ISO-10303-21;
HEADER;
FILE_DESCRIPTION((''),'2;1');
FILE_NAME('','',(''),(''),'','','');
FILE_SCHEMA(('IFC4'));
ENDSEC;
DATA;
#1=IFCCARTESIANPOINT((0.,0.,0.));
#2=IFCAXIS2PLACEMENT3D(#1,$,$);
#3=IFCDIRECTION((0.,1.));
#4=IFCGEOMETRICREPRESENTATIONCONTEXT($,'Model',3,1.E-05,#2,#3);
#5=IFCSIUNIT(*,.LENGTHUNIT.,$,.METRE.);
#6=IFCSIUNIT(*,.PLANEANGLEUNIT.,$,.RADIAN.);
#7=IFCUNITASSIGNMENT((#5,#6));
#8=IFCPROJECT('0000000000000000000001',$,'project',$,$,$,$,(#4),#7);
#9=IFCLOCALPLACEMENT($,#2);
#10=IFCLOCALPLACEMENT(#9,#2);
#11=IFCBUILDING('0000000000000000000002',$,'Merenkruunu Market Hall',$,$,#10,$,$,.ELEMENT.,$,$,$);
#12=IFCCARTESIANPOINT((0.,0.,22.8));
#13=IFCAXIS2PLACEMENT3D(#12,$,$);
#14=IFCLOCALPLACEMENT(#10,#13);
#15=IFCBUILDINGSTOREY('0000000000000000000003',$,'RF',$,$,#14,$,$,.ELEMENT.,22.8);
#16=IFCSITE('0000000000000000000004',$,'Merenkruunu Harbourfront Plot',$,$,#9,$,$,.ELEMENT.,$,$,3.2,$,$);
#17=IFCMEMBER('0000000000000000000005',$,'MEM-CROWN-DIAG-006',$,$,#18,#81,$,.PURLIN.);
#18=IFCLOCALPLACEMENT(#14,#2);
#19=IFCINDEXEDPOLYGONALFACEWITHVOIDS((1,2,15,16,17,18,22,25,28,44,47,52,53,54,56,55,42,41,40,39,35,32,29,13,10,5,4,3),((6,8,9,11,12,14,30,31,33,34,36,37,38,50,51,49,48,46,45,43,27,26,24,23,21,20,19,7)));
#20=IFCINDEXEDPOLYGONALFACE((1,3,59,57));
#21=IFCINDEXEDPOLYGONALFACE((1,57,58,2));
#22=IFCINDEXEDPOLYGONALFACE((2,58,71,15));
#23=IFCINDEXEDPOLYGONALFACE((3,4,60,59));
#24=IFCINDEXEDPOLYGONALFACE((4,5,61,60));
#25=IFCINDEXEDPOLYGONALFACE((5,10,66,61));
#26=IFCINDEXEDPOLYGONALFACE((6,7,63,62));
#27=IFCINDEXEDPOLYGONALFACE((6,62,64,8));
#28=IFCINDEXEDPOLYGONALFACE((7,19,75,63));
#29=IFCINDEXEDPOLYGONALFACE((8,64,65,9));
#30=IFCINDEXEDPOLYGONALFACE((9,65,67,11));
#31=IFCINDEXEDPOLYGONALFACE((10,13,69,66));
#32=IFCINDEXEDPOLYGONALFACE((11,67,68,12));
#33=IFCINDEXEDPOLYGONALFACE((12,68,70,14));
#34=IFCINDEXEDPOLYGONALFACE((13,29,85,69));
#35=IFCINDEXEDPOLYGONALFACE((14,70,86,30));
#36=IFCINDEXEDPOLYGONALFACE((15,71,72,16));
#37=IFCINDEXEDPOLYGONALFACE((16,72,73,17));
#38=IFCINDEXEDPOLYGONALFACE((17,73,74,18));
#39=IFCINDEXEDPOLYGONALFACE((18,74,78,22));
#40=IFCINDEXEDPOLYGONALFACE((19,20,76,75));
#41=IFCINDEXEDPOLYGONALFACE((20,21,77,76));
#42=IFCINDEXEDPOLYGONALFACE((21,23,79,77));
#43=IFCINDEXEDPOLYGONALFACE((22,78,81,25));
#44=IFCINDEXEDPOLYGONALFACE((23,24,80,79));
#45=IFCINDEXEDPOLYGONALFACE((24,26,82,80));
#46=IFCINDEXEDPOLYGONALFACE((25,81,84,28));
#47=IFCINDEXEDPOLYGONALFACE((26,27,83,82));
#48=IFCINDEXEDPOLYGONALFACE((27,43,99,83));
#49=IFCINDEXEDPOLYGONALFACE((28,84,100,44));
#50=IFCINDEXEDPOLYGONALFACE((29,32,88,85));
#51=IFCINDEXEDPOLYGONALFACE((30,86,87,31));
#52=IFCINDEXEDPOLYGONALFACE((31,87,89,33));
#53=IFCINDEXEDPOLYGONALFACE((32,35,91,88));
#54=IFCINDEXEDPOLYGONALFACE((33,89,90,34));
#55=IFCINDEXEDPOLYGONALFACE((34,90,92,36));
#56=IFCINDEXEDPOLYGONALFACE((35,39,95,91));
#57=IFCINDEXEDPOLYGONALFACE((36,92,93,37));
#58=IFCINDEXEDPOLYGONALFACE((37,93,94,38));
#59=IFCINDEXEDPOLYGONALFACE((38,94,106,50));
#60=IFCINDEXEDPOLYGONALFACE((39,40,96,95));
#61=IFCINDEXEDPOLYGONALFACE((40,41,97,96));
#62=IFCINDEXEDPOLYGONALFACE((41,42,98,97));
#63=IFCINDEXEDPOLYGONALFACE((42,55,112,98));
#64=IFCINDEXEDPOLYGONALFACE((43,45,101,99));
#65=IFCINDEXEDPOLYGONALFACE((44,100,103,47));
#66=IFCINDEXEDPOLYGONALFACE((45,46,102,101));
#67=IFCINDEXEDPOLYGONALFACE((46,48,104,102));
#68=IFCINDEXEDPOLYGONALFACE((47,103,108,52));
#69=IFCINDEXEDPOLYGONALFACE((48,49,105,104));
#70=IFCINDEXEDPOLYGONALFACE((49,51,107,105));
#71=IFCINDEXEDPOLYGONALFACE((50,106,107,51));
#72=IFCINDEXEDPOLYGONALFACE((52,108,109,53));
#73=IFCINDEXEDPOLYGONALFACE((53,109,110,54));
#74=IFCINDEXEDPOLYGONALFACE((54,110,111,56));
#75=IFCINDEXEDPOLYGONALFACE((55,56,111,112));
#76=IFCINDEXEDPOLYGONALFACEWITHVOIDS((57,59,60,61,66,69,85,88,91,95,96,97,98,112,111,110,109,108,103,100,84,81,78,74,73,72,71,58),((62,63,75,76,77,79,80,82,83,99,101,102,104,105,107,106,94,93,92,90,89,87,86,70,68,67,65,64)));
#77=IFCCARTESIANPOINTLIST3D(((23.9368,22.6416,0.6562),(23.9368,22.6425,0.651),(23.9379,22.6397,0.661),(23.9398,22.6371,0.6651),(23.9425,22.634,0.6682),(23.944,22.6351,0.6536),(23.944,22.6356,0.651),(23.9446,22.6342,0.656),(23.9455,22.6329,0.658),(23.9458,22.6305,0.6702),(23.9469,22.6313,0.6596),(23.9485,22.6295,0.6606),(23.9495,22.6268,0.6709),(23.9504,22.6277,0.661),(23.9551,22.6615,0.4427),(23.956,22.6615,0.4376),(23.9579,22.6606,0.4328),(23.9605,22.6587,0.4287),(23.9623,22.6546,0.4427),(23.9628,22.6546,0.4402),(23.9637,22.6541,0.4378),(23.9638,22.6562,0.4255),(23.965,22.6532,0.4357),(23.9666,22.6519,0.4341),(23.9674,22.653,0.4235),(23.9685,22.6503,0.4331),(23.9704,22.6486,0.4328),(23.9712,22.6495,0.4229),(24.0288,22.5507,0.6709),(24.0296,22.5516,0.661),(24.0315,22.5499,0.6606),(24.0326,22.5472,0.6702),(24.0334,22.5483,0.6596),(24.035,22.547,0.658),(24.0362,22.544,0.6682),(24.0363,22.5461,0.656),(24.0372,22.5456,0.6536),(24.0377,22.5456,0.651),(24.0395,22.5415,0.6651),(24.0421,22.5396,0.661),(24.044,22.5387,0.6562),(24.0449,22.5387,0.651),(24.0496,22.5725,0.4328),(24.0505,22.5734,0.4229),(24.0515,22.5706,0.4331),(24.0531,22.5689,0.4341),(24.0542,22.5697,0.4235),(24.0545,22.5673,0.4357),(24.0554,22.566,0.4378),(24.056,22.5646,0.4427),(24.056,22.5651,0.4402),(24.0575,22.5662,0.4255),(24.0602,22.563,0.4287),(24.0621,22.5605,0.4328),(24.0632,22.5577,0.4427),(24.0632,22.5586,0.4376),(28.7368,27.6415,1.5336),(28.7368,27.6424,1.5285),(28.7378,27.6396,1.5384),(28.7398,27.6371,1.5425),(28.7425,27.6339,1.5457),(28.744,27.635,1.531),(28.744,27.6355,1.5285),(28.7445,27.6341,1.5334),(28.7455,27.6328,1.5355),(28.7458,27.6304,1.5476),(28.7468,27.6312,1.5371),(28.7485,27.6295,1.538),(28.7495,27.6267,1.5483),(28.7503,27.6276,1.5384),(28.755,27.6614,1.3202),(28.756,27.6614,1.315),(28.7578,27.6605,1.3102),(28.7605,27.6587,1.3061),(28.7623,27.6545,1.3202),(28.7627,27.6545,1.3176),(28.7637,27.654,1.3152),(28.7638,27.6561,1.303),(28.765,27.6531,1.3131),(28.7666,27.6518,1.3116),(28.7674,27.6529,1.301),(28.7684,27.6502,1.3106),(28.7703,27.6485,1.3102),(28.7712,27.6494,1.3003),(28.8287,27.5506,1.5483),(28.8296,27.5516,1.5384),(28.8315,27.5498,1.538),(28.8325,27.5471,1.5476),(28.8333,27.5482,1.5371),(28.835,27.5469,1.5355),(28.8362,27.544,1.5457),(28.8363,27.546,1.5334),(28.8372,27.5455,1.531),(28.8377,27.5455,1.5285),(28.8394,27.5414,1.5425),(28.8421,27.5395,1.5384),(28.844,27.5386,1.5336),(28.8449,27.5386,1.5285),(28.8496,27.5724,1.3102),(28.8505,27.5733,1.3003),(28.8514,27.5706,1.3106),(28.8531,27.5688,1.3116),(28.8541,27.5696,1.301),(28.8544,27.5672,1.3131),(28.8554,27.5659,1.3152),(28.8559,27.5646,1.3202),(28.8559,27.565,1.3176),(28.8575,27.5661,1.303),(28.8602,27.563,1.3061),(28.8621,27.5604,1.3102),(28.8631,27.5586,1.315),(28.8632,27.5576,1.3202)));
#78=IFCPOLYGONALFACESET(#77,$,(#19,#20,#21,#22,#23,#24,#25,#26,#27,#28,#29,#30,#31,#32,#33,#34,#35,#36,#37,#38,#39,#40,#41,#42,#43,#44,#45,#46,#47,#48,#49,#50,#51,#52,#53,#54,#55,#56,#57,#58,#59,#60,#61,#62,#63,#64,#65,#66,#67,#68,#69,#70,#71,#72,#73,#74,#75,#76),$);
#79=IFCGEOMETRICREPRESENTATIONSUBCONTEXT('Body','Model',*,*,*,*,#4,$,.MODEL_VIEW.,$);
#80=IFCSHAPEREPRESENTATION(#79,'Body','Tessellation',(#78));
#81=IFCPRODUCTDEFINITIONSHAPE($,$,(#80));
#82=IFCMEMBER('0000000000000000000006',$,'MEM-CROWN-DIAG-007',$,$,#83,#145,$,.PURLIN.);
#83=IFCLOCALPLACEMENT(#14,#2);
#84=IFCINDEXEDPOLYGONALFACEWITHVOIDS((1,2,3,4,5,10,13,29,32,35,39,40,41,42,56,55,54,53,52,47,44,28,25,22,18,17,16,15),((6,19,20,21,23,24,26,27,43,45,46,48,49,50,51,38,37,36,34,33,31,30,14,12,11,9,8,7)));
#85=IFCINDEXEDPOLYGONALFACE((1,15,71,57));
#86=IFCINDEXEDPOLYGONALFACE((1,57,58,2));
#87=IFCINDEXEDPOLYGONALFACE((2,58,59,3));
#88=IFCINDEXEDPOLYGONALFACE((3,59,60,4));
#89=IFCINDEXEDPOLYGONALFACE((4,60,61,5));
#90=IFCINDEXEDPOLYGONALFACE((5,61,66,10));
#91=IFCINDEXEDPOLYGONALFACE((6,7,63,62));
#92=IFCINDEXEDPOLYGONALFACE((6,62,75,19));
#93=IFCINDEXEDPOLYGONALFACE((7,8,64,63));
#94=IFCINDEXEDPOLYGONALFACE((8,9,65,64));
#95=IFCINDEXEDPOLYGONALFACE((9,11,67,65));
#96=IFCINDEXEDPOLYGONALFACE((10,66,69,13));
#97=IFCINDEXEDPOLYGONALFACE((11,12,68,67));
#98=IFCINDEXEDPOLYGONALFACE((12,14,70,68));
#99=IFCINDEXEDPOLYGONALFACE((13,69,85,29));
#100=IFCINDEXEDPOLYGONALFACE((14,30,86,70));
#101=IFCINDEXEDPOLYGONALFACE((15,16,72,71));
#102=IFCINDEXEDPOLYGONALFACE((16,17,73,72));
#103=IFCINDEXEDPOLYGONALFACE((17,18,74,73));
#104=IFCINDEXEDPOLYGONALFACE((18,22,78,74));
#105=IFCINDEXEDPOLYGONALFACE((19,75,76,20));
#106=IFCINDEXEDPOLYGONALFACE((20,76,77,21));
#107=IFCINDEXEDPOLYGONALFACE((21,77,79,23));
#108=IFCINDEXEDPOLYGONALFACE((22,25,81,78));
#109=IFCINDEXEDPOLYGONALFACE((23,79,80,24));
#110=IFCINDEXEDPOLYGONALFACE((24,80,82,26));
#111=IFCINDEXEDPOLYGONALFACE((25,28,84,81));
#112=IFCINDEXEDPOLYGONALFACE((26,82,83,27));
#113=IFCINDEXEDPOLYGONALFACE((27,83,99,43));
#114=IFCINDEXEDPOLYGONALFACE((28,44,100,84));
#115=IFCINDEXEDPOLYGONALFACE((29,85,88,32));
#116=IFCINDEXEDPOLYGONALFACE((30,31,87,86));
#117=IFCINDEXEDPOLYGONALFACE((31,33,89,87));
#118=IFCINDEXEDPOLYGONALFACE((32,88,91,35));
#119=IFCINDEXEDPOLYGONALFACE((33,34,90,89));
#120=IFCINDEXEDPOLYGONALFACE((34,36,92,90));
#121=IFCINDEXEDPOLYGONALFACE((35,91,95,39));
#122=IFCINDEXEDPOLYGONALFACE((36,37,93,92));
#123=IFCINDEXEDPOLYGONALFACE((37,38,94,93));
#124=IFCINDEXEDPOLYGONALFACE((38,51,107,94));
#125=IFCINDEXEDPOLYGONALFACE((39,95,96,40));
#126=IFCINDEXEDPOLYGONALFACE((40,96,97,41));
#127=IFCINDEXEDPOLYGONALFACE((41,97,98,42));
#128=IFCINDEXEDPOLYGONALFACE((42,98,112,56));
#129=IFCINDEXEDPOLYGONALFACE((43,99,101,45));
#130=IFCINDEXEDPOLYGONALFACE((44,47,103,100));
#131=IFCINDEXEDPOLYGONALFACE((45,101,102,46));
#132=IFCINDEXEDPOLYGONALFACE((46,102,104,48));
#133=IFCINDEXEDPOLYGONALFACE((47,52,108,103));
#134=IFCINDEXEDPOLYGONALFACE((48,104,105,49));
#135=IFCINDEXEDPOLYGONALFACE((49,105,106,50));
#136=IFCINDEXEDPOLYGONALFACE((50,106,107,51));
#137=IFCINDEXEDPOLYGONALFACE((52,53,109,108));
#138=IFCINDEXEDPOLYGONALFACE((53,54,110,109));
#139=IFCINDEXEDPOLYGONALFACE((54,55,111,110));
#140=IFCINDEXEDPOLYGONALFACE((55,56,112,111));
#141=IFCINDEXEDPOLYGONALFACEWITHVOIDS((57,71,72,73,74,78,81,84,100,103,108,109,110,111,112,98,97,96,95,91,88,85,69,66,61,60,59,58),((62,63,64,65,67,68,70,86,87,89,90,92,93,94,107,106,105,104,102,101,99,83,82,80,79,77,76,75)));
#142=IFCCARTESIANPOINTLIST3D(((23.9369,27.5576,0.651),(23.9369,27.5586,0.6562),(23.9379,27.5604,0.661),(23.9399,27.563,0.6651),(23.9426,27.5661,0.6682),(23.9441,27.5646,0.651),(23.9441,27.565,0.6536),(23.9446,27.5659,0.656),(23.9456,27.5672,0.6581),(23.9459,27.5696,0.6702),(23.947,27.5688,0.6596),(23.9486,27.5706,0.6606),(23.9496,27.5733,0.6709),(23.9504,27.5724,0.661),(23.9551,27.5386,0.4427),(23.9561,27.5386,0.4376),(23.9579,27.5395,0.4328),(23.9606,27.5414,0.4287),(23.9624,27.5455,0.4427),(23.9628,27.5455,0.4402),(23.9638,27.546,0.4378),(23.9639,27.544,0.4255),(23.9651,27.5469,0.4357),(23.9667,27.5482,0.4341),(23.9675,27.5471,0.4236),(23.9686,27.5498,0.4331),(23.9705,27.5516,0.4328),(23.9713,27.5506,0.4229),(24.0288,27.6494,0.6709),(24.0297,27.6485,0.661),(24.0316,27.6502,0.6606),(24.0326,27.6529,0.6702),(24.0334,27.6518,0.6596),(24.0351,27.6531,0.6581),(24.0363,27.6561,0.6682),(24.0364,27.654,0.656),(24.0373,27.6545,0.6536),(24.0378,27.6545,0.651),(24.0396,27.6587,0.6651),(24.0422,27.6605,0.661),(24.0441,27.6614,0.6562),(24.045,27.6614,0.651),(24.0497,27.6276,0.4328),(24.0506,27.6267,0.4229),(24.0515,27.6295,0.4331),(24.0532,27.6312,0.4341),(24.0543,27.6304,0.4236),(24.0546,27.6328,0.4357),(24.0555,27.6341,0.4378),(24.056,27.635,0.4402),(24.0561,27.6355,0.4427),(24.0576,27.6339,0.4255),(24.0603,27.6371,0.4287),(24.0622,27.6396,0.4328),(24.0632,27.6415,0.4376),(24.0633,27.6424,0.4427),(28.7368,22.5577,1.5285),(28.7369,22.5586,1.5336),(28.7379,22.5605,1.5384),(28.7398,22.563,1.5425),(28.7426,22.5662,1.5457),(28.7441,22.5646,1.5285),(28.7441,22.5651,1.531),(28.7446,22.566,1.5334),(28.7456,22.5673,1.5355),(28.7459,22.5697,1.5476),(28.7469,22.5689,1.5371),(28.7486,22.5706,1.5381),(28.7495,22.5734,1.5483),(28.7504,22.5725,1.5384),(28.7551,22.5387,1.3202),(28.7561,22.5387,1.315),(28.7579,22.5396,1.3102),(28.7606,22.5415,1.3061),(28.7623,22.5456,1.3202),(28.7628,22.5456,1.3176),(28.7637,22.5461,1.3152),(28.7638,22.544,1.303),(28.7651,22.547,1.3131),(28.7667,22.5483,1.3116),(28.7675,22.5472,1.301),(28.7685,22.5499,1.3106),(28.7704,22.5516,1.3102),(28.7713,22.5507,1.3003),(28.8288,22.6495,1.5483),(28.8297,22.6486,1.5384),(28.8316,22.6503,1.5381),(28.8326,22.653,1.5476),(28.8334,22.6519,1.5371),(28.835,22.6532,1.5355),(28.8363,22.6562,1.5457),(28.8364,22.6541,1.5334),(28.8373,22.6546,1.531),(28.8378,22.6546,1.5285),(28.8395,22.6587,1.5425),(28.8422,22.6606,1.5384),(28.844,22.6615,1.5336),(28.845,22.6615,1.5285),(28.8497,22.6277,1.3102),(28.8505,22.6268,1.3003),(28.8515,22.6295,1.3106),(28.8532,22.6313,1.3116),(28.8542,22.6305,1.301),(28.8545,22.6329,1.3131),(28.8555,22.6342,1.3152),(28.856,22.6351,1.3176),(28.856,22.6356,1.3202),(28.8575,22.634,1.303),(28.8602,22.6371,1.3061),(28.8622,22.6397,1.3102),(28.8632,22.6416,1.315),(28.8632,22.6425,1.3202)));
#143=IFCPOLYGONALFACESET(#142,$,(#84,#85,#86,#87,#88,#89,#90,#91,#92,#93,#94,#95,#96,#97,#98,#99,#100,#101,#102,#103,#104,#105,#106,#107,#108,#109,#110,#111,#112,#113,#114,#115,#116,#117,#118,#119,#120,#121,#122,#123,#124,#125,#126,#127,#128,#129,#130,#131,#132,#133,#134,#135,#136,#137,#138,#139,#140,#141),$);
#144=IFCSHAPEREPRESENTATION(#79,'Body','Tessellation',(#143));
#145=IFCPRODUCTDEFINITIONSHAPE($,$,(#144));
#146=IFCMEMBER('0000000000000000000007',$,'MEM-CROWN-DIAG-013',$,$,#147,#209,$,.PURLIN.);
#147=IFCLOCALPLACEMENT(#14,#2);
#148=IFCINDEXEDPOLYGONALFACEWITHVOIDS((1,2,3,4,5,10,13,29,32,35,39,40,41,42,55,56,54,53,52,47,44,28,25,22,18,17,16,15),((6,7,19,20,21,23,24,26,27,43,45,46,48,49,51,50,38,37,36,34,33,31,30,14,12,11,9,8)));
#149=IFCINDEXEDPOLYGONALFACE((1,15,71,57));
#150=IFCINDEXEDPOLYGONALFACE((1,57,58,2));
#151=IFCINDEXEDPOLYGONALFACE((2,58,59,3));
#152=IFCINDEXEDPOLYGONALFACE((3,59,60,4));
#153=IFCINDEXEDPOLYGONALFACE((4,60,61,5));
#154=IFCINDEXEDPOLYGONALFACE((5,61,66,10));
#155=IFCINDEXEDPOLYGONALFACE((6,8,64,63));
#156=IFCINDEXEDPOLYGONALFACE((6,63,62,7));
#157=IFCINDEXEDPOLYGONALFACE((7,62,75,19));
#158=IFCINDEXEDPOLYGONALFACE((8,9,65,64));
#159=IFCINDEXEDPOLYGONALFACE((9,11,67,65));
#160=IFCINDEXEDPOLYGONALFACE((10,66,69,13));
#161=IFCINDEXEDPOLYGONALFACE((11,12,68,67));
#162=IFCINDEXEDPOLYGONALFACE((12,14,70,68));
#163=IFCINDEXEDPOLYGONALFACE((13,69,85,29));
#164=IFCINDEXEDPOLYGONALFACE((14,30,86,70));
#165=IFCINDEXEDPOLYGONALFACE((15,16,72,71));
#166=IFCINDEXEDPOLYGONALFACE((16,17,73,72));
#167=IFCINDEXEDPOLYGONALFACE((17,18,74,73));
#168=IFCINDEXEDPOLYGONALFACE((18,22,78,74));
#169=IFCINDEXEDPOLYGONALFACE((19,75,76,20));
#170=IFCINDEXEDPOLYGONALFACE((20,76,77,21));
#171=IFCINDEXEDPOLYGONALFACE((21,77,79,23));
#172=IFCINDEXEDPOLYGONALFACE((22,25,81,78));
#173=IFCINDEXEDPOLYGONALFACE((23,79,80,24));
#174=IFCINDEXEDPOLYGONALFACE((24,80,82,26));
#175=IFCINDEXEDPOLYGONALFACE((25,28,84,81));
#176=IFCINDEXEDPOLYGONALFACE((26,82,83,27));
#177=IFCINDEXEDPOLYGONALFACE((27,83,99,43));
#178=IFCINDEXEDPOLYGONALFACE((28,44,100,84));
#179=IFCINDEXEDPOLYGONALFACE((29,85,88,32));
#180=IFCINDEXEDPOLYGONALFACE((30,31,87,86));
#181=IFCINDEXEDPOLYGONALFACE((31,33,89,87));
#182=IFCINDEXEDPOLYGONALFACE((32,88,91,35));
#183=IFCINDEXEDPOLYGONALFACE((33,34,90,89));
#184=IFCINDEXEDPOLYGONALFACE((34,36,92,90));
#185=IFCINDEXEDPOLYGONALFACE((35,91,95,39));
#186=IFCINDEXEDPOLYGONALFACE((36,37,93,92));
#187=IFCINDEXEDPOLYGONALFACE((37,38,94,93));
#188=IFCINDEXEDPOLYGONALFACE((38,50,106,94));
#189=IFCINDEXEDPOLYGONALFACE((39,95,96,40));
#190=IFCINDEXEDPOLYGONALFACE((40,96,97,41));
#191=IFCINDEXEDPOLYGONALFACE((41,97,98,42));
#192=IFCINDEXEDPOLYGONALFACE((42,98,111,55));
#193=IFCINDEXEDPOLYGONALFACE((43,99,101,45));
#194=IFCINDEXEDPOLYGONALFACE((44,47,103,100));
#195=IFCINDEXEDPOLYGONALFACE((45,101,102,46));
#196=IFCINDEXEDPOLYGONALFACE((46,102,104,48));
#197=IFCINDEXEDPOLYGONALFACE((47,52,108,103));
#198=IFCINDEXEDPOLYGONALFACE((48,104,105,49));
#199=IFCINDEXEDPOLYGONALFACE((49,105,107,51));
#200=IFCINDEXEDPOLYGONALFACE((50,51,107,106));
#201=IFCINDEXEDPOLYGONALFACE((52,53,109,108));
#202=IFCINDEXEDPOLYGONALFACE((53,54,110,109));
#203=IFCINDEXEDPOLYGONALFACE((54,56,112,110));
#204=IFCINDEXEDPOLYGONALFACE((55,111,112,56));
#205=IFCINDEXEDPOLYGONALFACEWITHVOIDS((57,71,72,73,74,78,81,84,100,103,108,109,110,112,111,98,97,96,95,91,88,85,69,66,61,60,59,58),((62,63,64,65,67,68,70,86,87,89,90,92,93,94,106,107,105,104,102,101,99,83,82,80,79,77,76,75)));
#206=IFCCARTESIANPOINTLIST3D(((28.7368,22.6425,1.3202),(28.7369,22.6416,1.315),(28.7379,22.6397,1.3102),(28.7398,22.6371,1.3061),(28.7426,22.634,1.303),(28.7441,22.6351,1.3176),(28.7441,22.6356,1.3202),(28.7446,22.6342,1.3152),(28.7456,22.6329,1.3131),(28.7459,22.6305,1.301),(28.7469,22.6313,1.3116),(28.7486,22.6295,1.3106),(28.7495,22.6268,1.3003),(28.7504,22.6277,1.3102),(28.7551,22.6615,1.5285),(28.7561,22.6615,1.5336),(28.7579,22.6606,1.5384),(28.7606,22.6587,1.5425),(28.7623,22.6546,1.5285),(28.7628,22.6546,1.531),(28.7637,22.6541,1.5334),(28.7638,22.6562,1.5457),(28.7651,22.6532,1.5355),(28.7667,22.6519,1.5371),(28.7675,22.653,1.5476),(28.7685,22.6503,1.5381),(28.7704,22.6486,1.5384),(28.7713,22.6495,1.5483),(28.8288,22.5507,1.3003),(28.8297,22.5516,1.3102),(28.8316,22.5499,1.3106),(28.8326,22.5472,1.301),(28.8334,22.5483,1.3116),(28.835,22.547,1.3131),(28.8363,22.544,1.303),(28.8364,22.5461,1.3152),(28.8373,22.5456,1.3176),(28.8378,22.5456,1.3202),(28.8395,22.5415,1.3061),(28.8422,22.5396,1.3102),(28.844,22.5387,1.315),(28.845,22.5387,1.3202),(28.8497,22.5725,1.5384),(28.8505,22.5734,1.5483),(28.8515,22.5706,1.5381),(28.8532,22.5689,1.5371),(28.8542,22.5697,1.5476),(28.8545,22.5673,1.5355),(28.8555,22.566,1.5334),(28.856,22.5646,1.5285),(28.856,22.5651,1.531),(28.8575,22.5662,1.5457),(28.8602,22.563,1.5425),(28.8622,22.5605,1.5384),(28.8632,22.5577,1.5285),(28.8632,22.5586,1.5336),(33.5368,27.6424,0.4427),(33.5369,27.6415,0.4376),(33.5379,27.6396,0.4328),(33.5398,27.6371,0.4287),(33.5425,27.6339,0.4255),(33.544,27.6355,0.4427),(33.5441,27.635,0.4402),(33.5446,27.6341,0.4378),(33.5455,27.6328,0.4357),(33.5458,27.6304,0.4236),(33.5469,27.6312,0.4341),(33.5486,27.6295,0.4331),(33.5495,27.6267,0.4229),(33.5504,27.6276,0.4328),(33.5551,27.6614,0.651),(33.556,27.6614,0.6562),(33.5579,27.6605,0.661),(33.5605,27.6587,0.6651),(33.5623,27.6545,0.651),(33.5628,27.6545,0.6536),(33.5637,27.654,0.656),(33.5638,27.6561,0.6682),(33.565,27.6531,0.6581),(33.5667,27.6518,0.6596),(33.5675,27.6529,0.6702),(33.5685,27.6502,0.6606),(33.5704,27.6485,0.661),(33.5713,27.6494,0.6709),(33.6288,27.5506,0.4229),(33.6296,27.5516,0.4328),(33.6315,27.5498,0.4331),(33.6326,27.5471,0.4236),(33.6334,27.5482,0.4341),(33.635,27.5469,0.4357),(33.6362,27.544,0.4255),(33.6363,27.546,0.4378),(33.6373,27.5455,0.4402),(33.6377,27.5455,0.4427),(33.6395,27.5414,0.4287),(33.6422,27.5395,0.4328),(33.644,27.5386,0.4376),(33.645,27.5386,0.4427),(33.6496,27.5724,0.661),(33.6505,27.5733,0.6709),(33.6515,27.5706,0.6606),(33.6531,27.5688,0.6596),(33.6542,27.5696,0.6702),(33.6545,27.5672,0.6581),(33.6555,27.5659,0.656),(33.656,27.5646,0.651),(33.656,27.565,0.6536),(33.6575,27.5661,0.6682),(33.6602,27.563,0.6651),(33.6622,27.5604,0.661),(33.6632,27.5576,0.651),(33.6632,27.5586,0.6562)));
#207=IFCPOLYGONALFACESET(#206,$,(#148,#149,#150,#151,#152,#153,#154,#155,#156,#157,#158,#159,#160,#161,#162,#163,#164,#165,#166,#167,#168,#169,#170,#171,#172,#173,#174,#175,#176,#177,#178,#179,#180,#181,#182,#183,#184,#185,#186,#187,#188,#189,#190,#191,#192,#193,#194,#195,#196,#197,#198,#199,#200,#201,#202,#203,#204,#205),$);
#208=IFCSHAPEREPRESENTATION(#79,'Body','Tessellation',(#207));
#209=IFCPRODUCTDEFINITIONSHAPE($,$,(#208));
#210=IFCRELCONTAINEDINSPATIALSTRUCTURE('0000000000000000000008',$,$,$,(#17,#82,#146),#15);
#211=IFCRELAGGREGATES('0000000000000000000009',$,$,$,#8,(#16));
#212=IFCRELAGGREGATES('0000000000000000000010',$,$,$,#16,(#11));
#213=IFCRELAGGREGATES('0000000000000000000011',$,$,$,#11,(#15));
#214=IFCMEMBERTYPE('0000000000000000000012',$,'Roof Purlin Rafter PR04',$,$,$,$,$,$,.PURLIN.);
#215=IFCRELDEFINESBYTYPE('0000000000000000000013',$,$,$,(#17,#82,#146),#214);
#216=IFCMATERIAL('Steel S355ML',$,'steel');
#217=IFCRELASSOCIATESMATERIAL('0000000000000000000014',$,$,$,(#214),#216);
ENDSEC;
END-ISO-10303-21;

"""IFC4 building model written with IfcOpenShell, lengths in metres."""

from ifc_helpers import new_model, si_unit, direction, frame, origin, origin_2d, place, context, subcontext, project, spatial, hollow_rectangle, extrude, material, material_profile, profile_set, type_object, element, save


model = new_model("IFC4")

# Units and contexts
model_context = context("Model", 3, precision=1e-05, world=origin(), true_north=direction((0.0, 1.0)))
body_context = subcontext(model_context, "Body", "Model", "MODEL_VIEW")
ifc_project = project(units=[si_unit("LENGTHUNIT", "METRE"), si_unit("PLANEANGLEUNIT", "RADIAN")], contexts=[model_context])

# Site, building, storey
site_placement = place(None, origin())
site = spatial("IfcSite", under=ifc_project, at=site_placement, Name="Merenkruunu Harbourfront Plot", CompositionType="ELEMENT", RefElevation=3.2)
building_placement = place(site_placement, origin())
building = spatial("IfcBuilding", under=site, at=building_placement, Name="Merenkruunu Market Hall", CompositionType="ELEMENT")
storey_placement = place(building_placement, frame((0.0, 0.0, 22.8)))
storey = spatial("IfcBuildingStorey", under=building, at=storey_placement, Name="RF", CompositionType="ELEMENT", Elevation=22.8)

# Members
ifc_material_1 = material(Name="Steel S355ML", Category="steel")
ifc_material_profile = material_profile(ifc_material_1, hollow_rectangle(XDim=0.1499, YDim=0.25, WallThickness=0.01, InnerFilletRadius=0.01, OuterFilletRadius=0.02, at=origin_2d()), Name="RHS 250x150x10")
ifc_profile_set = profile_set([ifc_material_profile], Name="Steel S355ML")
member_type = type_object("IfcMemberType", Name="Roof Purlin Rafter PR04", PredefinedType="PURLIN", material=ifc_profile_set)
for number, where, z_axis, x_axis, name in (
    (1, (24.0, 22.6001, 0.5469), (0.687052, 0.715672, 0.125592), (-0.721384, 0.692535, 0.0), "MEM-CROWN-DIAG-006"),
    (2, (28.8, 22.6001, 1.4243), (-0.687052, 0.715672, -0.125592), (-0.721384, -0.692535, 0.0), "MEM-CROWN-DIAG-007"),
    (3, (28.8, 22.6001, 1.4243), (0.687052, 0.715672, -0.125592), (-0.721384, 0.692535, 0.0), "MEM-CROWN-DIAG-013"),
):
    element("IfcMember", number, at=place(storey_placement, frame(where, z_axis=z_axis, x_axis=x_axis)), inside=storey, type_object=member_type, Name=name, PredefinedType="PURLIN", context=body_context, shape_type="SweptSolid", body=[
        extrude(hollow_rectangle(XDim=0.1499, YDim=0.25, WallThickness=0.01, InnerFilletRadius=0.01, OuterFilletRadius=0.02, at=origin_2d()), origin(), (0.0, 0.0, 1.0), 6.9863),
    ])

save(model, "model.ifc")
